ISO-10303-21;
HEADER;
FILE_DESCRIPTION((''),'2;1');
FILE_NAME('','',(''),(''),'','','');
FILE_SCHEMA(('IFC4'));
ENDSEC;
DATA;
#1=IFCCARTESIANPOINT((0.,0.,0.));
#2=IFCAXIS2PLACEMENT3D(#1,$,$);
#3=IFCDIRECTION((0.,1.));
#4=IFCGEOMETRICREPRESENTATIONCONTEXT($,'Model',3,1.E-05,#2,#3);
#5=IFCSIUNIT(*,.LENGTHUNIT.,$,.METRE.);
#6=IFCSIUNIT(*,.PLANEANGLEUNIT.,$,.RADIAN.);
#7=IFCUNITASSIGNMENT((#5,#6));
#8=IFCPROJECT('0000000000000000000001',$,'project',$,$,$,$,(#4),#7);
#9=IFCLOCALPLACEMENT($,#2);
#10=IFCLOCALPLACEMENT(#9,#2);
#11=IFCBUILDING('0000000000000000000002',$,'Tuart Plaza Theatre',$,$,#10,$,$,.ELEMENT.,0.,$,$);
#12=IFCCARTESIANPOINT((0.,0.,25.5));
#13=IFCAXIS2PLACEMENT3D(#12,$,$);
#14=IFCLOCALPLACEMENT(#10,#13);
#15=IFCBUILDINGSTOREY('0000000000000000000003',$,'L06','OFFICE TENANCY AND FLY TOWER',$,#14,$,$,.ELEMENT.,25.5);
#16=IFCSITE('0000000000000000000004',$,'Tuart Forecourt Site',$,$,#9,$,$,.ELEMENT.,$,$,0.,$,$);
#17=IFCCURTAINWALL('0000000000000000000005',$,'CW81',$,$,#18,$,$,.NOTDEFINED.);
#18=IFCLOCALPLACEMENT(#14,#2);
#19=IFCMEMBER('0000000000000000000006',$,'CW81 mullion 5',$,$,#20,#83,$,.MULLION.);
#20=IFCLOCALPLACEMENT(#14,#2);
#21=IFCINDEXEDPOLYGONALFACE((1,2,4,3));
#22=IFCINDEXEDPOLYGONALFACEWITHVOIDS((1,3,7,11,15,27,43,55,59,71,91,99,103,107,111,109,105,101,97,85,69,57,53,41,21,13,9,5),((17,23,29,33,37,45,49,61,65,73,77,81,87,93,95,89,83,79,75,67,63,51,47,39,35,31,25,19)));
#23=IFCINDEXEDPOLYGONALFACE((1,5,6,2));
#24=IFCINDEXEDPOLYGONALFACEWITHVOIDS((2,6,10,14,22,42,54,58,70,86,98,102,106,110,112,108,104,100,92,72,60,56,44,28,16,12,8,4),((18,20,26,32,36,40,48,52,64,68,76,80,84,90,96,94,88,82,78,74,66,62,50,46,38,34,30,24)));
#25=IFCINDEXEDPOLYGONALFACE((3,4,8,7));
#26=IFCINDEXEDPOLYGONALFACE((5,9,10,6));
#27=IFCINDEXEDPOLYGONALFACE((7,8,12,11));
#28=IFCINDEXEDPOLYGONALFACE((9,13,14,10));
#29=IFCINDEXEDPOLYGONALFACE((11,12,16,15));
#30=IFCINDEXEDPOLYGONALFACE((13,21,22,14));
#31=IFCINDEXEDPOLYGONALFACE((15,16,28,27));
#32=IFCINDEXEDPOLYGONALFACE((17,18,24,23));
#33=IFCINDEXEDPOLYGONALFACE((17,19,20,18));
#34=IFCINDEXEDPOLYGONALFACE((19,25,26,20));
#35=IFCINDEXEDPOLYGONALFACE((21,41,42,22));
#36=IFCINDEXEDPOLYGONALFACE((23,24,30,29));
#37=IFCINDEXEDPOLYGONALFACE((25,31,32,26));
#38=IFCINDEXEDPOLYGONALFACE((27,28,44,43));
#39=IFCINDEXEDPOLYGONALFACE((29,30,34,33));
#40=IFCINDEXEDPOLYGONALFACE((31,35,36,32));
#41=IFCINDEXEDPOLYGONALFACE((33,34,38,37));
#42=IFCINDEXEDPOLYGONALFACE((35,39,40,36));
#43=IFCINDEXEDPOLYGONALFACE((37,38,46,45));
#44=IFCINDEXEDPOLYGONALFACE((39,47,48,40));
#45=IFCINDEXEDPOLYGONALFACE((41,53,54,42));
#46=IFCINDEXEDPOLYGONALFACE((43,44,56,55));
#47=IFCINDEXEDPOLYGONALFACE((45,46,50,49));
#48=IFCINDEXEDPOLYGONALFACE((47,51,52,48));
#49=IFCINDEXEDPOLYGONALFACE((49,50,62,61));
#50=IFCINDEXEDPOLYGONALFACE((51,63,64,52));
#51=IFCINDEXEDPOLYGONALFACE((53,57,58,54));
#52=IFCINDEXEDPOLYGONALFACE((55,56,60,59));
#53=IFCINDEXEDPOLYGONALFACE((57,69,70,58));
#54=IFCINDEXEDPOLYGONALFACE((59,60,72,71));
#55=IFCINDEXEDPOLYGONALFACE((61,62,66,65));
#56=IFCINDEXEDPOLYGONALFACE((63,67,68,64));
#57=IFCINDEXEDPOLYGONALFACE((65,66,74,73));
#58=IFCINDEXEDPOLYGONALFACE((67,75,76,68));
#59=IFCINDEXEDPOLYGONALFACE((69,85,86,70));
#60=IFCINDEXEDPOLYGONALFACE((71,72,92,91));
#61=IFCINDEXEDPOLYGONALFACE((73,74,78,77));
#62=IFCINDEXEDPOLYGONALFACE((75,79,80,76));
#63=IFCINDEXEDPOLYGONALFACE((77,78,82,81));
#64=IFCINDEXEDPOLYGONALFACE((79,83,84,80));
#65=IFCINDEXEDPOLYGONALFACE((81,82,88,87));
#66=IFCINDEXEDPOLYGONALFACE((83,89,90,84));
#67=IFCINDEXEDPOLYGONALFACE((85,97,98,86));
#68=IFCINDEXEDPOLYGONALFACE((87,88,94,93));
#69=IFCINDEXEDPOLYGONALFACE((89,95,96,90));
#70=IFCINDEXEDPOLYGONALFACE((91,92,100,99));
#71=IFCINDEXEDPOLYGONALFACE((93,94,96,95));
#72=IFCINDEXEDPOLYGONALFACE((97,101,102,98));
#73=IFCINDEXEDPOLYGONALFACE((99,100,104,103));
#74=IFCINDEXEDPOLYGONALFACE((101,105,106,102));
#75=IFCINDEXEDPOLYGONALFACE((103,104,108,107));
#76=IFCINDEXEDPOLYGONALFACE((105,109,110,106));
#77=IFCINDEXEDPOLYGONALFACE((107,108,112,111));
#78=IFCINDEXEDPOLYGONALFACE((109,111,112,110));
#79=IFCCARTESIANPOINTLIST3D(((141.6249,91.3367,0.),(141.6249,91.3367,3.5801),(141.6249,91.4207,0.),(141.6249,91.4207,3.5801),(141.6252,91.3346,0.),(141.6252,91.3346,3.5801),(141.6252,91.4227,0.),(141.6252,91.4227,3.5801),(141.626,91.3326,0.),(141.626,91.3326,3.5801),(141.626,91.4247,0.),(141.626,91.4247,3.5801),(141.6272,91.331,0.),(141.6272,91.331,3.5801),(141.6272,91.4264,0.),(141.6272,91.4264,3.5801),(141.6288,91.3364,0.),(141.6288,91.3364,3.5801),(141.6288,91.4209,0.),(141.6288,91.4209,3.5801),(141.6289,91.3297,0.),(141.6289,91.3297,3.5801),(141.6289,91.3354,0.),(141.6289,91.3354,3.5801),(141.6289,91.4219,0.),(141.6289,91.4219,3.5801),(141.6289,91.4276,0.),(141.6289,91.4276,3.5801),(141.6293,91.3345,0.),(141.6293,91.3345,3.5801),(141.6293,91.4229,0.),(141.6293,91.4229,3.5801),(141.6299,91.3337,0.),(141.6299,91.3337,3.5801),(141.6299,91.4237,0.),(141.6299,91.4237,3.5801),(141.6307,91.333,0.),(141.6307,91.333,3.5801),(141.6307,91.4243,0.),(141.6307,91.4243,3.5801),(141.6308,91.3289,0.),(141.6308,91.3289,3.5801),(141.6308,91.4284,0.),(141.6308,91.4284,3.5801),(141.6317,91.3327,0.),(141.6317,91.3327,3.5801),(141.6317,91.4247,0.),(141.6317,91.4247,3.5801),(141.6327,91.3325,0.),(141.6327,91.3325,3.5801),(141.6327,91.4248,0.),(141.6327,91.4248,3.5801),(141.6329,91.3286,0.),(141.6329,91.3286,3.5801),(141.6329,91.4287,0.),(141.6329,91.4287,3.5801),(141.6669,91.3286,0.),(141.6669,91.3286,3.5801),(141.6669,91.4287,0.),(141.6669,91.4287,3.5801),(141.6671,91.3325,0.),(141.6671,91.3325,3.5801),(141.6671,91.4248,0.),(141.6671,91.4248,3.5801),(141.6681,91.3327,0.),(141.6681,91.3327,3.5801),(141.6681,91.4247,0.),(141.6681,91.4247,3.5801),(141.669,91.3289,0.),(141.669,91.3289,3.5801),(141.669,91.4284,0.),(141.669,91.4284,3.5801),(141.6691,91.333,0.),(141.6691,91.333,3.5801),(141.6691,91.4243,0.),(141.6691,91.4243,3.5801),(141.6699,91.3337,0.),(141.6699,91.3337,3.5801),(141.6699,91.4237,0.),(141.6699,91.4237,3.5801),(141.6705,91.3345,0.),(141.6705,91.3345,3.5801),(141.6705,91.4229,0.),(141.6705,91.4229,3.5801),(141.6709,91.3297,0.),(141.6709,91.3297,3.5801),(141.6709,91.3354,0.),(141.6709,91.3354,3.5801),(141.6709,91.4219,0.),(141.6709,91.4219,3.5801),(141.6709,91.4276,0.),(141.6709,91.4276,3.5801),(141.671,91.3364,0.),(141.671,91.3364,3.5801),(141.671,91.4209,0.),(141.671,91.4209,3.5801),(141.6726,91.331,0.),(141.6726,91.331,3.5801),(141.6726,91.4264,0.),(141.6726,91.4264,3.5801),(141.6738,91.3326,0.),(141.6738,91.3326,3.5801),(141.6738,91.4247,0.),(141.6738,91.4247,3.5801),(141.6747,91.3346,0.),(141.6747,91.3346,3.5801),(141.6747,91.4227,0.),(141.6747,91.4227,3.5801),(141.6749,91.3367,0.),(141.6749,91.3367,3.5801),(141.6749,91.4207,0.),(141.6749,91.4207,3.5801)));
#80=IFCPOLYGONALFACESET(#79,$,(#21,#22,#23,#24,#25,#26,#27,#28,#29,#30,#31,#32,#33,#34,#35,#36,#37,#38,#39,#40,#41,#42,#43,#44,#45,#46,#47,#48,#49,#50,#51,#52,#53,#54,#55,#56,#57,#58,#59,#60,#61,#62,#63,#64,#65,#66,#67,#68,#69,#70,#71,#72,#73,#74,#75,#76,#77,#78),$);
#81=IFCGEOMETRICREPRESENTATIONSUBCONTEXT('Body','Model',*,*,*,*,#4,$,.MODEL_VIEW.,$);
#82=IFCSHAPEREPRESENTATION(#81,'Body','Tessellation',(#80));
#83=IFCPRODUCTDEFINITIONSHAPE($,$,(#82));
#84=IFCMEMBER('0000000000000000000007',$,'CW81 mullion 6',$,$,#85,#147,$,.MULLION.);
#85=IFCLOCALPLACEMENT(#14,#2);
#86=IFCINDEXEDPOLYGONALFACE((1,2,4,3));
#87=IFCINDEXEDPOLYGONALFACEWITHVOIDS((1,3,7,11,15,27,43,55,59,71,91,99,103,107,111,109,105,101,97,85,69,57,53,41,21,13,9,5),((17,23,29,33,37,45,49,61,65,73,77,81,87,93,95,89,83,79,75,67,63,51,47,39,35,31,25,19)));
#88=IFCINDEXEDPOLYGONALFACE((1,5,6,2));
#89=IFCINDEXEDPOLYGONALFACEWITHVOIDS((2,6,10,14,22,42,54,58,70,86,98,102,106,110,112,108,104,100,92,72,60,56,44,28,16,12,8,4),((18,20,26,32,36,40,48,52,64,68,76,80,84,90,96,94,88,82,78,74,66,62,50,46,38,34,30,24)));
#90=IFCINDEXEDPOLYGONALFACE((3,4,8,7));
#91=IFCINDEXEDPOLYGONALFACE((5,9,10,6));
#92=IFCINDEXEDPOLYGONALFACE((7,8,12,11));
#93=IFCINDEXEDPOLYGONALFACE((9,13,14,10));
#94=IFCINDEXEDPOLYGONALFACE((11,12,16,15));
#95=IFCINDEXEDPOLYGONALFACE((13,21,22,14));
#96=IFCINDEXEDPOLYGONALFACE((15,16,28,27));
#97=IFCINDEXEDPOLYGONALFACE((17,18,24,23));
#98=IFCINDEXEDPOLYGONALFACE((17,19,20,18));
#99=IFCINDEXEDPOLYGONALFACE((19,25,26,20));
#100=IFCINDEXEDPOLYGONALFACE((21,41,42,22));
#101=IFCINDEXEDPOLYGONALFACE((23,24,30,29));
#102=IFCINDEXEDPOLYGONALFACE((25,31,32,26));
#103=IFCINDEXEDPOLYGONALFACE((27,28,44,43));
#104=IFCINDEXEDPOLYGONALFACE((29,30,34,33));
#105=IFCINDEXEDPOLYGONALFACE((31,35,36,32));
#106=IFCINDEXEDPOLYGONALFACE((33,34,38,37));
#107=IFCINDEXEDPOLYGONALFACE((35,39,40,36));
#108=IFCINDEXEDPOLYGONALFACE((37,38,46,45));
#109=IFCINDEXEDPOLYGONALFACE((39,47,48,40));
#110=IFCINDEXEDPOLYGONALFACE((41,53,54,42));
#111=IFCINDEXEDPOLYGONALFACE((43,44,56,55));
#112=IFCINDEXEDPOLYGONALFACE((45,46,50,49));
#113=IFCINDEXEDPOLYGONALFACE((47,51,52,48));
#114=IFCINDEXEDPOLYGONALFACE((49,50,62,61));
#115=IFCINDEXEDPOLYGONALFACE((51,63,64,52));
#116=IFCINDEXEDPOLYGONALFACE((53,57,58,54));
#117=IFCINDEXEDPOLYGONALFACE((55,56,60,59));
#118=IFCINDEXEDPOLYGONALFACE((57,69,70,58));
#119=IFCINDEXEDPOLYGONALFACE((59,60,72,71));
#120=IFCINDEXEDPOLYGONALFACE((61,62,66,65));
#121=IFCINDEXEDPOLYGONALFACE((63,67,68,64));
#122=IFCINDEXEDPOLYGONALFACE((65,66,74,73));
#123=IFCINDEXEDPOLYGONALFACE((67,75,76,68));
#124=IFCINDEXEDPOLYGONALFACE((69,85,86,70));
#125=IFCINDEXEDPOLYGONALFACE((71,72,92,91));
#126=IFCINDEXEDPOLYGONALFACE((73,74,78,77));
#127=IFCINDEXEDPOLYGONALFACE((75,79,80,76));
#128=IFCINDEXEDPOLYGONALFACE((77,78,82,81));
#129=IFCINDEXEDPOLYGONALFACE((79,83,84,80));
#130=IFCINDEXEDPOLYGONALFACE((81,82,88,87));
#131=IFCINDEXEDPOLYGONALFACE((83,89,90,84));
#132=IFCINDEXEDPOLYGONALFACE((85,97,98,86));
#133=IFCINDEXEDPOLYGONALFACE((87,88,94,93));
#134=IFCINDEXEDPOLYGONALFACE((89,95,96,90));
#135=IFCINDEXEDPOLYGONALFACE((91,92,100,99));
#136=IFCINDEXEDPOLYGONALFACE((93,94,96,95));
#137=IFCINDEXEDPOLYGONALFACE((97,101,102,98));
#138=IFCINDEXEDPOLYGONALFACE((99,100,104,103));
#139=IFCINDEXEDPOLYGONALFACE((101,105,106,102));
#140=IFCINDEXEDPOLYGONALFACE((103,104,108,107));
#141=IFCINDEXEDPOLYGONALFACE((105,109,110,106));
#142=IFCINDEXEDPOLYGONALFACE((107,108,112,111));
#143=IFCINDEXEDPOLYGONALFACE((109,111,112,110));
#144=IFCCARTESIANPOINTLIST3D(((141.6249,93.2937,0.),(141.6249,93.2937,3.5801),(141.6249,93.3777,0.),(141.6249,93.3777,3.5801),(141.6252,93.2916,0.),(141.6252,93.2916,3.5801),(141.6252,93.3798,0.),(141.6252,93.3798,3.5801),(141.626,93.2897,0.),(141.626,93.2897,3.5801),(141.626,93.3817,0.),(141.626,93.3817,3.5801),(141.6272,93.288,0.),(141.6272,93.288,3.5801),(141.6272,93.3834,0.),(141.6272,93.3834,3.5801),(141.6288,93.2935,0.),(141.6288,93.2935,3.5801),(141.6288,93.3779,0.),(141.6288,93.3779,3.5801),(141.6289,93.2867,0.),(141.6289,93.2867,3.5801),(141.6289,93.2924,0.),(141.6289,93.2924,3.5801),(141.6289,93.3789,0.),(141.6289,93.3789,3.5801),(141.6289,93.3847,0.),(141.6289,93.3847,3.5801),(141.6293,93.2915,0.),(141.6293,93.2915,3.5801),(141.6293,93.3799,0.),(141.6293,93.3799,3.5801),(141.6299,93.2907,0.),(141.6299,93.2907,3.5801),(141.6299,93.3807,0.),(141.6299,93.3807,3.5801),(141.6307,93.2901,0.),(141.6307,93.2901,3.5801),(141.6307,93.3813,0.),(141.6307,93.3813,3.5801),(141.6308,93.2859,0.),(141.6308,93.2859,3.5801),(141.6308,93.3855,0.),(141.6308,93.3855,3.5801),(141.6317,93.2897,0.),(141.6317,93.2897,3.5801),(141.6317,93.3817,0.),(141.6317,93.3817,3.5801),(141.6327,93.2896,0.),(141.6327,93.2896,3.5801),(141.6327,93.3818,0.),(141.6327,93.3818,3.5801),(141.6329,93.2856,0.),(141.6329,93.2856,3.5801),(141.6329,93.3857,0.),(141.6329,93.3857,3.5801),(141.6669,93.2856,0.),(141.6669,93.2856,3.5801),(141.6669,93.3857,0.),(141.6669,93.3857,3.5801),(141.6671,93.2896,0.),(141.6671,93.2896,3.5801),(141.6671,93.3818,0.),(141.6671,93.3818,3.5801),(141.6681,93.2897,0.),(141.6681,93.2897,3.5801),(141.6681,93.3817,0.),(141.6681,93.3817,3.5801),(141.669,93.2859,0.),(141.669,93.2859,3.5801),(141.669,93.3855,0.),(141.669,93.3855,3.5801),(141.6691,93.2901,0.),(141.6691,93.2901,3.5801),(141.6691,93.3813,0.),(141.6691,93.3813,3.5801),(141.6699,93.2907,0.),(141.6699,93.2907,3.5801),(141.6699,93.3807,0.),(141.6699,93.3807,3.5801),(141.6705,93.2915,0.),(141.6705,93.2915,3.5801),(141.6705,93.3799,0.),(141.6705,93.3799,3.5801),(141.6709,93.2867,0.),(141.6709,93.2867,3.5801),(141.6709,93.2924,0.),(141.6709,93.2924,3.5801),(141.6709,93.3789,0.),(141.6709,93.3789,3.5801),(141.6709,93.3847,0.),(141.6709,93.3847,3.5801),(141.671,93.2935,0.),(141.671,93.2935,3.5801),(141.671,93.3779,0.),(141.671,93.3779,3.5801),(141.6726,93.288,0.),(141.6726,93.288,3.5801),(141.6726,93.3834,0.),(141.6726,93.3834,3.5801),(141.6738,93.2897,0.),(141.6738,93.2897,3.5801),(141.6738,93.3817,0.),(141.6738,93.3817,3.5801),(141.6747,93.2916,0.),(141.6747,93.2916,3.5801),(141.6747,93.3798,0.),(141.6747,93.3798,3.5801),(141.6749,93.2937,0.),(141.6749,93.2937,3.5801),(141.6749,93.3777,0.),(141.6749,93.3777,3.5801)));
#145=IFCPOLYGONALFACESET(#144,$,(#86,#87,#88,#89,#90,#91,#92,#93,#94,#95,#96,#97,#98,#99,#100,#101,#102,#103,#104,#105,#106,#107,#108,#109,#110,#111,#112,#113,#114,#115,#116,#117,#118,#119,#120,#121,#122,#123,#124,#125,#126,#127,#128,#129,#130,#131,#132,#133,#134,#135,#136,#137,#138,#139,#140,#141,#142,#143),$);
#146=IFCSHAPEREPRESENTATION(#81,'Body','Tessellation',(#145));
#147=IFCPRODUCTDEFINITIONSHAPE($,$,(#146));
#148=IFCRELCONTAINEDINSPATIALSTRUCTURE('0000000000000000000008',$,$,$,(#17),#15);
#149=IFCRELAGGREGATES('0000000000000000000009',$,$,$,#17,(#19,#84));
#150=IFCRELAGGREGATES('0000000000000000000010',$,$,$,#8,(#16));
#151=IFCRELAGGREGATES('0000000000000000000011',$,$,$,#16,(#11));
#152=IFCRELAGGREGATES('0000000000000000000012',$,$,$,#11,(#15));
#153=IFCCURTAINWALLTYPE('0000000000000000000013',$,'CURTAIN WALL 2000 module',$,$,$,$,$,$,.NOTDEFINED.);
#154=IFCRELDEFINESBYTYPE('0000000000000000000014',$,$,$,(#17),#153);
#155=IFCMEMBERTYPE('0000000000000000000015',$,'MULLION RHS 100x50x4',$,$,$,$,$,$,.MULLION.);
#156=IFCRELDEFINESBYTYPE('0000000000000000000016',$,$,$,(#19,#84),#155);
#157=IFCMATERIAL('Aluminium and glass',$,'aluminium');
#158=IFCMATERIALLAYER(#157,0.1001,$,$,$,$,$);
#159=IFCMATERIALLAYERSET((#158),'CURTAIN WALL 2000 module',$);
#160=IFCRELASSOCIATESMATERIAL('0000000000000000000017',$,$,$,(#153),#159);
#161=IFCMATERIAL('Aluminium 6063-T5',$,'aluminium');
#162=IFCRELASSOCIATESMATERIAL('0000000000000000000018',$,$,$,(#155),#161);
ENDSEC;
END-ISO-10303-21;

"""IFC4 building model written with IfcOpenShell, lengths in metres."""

from ifc_helpers import new_model, si_unit, direction, frame, origin, origin_2d, place, context, subcontext, project, spatial, hollow_rectangle, extrude, material, layer, layer_set, material_profile, profile_set, type_object, element, aggregate, save


model = new_model("IFC4")

# Units and contexts
model_context = context("Model", 3, precision=1e-05, world=origin(), true_north=direction((0.0, 1.0)))
body_context = subcontext(model_context, "Body", "Model", "MODEL_VIEW")
ifc_project = project(units=[si_unit("LENGTHUNIT", "METRE"), si_unit("PLANEANGLEUNIT", "RADIAN")], contexts=[model_context])

# Site, building, storey
site_placement = place(None, origin())
site = spatial("IfcSite", under=ifc_project, at=site_placement, Name="Tuart Forecourt Site", CompositionType="ELEMENT", RefElevation=0.0)
building_placement = place(site_placement, origin())
building = spatial("IfcBuilding", under=site, at=building_placement, Name="Tuart Plaza Theatre", CompositionType="ELEMENT", ElevationOfRefHeight=0.0)
storey_placement = place(building_placement, frame((0.0, 0.0, 25.5)))
storey = spatial("IfcBuildingStorey", under=building, at=storey_placement, Name="L06", Description="OFFICE TENANCY AND FLY TOWER", CompositionType="ELEMENT", Elevation=25.5)

# Curtain wall, members
ifc_material_1 = material(Name="Aluminium and glass", Category="aluminium")
ifc_layer_1 = layer(ifc_material_1, 0.1001)
ifc_layer_set_1 = layer_set([ifc_layer_1], Name="CURTAIN WALL 2000 module")
curtain_wall_type = type_object("IfcCurtainWallType", Name="CURTAIN WALL 2000 module", PredefinedType="NOTDEFINED", material=ifc_layer_set_1)
curtain_wall_1_placement = place(storey_placement, origin())
curtain_wall_1 = element("IfcCurtainWall", 1, at=curtain_wall_1_placement, inside=storey, type_object=curtain_wall_type, Name="CW81", PredefinedType="NOTDEFINED")
ifc_material_2 = material(Name="Aluminium 6063-T5", Category="aluminium")
ifc_material_profile_1 = material_profile(ifc_material_2, hollow_rectangle(XDim=0.05, YDim=0.1001, WallThickness=0.0039, InnerFilletRadius=0.0039, OuterFilletRadius=0.0081, at=origin_2d()), Name="RHS 100x50x4")
ifc_profile_set_1 = profile_set([ifc_material_profile_1], Name="Aluminium 6063-T5")
member_type_1 = type_object("IfcMemberType", Name="MULLION RHS 100x50x4", PredefinedType="MULLION", material=ifc_profile_set_1)
member_1_placement = place(storey_placement, frame((141.6499, 91.3787, 0.0), z_axis=(0.0, 0.0, 1.0), x_axis=(-1.0, 0.0, 0.0)))
member_1 = element("IfcMember", 2, at=member_1_placement, type_object=member_type_1, Name="CW81 mullion 5", PredefinedType="MULLION", context=body_context, shape_type="SweptSolid", body=[
    extrude(hollow_rectangle(XDim=0.05, YDim=0.1001, WallThickness=0.0039, InnerFilletRadius=0.0039, OuterFilletRadius=0.0081, at=origin_2d()), origin(), (0.0, 0.0, 1.0), 3.5801),
])
member_2_placement = place(storey_placement, frame((141.6499, 93.3357, 0.0), z_axis=(0.0, 0.0, 1.0), x_axis=(-1.0, 0.0, 0.0)))
member_2 = element("IfcMember", 3, at=member_2_placement, type_object=member_type_1, Name="CW81 mullion 6", PredefinedType="MULLION", context=body_context, shape_type="SweptSolid", body=[
    extrude(hollow_rectangle(XDim=0.05, YDim=0.1001, WallThickness=0.0039, InnerFilletRadius=0.0039, OuterFilletRadius=0.0081, at=origin_2d()), origin(), (0.0, 0.0, 1.0), 3.5801),
])

aggregate(curtain_wall_1, [member_1, member_2])

save(model, "model.ifc")
